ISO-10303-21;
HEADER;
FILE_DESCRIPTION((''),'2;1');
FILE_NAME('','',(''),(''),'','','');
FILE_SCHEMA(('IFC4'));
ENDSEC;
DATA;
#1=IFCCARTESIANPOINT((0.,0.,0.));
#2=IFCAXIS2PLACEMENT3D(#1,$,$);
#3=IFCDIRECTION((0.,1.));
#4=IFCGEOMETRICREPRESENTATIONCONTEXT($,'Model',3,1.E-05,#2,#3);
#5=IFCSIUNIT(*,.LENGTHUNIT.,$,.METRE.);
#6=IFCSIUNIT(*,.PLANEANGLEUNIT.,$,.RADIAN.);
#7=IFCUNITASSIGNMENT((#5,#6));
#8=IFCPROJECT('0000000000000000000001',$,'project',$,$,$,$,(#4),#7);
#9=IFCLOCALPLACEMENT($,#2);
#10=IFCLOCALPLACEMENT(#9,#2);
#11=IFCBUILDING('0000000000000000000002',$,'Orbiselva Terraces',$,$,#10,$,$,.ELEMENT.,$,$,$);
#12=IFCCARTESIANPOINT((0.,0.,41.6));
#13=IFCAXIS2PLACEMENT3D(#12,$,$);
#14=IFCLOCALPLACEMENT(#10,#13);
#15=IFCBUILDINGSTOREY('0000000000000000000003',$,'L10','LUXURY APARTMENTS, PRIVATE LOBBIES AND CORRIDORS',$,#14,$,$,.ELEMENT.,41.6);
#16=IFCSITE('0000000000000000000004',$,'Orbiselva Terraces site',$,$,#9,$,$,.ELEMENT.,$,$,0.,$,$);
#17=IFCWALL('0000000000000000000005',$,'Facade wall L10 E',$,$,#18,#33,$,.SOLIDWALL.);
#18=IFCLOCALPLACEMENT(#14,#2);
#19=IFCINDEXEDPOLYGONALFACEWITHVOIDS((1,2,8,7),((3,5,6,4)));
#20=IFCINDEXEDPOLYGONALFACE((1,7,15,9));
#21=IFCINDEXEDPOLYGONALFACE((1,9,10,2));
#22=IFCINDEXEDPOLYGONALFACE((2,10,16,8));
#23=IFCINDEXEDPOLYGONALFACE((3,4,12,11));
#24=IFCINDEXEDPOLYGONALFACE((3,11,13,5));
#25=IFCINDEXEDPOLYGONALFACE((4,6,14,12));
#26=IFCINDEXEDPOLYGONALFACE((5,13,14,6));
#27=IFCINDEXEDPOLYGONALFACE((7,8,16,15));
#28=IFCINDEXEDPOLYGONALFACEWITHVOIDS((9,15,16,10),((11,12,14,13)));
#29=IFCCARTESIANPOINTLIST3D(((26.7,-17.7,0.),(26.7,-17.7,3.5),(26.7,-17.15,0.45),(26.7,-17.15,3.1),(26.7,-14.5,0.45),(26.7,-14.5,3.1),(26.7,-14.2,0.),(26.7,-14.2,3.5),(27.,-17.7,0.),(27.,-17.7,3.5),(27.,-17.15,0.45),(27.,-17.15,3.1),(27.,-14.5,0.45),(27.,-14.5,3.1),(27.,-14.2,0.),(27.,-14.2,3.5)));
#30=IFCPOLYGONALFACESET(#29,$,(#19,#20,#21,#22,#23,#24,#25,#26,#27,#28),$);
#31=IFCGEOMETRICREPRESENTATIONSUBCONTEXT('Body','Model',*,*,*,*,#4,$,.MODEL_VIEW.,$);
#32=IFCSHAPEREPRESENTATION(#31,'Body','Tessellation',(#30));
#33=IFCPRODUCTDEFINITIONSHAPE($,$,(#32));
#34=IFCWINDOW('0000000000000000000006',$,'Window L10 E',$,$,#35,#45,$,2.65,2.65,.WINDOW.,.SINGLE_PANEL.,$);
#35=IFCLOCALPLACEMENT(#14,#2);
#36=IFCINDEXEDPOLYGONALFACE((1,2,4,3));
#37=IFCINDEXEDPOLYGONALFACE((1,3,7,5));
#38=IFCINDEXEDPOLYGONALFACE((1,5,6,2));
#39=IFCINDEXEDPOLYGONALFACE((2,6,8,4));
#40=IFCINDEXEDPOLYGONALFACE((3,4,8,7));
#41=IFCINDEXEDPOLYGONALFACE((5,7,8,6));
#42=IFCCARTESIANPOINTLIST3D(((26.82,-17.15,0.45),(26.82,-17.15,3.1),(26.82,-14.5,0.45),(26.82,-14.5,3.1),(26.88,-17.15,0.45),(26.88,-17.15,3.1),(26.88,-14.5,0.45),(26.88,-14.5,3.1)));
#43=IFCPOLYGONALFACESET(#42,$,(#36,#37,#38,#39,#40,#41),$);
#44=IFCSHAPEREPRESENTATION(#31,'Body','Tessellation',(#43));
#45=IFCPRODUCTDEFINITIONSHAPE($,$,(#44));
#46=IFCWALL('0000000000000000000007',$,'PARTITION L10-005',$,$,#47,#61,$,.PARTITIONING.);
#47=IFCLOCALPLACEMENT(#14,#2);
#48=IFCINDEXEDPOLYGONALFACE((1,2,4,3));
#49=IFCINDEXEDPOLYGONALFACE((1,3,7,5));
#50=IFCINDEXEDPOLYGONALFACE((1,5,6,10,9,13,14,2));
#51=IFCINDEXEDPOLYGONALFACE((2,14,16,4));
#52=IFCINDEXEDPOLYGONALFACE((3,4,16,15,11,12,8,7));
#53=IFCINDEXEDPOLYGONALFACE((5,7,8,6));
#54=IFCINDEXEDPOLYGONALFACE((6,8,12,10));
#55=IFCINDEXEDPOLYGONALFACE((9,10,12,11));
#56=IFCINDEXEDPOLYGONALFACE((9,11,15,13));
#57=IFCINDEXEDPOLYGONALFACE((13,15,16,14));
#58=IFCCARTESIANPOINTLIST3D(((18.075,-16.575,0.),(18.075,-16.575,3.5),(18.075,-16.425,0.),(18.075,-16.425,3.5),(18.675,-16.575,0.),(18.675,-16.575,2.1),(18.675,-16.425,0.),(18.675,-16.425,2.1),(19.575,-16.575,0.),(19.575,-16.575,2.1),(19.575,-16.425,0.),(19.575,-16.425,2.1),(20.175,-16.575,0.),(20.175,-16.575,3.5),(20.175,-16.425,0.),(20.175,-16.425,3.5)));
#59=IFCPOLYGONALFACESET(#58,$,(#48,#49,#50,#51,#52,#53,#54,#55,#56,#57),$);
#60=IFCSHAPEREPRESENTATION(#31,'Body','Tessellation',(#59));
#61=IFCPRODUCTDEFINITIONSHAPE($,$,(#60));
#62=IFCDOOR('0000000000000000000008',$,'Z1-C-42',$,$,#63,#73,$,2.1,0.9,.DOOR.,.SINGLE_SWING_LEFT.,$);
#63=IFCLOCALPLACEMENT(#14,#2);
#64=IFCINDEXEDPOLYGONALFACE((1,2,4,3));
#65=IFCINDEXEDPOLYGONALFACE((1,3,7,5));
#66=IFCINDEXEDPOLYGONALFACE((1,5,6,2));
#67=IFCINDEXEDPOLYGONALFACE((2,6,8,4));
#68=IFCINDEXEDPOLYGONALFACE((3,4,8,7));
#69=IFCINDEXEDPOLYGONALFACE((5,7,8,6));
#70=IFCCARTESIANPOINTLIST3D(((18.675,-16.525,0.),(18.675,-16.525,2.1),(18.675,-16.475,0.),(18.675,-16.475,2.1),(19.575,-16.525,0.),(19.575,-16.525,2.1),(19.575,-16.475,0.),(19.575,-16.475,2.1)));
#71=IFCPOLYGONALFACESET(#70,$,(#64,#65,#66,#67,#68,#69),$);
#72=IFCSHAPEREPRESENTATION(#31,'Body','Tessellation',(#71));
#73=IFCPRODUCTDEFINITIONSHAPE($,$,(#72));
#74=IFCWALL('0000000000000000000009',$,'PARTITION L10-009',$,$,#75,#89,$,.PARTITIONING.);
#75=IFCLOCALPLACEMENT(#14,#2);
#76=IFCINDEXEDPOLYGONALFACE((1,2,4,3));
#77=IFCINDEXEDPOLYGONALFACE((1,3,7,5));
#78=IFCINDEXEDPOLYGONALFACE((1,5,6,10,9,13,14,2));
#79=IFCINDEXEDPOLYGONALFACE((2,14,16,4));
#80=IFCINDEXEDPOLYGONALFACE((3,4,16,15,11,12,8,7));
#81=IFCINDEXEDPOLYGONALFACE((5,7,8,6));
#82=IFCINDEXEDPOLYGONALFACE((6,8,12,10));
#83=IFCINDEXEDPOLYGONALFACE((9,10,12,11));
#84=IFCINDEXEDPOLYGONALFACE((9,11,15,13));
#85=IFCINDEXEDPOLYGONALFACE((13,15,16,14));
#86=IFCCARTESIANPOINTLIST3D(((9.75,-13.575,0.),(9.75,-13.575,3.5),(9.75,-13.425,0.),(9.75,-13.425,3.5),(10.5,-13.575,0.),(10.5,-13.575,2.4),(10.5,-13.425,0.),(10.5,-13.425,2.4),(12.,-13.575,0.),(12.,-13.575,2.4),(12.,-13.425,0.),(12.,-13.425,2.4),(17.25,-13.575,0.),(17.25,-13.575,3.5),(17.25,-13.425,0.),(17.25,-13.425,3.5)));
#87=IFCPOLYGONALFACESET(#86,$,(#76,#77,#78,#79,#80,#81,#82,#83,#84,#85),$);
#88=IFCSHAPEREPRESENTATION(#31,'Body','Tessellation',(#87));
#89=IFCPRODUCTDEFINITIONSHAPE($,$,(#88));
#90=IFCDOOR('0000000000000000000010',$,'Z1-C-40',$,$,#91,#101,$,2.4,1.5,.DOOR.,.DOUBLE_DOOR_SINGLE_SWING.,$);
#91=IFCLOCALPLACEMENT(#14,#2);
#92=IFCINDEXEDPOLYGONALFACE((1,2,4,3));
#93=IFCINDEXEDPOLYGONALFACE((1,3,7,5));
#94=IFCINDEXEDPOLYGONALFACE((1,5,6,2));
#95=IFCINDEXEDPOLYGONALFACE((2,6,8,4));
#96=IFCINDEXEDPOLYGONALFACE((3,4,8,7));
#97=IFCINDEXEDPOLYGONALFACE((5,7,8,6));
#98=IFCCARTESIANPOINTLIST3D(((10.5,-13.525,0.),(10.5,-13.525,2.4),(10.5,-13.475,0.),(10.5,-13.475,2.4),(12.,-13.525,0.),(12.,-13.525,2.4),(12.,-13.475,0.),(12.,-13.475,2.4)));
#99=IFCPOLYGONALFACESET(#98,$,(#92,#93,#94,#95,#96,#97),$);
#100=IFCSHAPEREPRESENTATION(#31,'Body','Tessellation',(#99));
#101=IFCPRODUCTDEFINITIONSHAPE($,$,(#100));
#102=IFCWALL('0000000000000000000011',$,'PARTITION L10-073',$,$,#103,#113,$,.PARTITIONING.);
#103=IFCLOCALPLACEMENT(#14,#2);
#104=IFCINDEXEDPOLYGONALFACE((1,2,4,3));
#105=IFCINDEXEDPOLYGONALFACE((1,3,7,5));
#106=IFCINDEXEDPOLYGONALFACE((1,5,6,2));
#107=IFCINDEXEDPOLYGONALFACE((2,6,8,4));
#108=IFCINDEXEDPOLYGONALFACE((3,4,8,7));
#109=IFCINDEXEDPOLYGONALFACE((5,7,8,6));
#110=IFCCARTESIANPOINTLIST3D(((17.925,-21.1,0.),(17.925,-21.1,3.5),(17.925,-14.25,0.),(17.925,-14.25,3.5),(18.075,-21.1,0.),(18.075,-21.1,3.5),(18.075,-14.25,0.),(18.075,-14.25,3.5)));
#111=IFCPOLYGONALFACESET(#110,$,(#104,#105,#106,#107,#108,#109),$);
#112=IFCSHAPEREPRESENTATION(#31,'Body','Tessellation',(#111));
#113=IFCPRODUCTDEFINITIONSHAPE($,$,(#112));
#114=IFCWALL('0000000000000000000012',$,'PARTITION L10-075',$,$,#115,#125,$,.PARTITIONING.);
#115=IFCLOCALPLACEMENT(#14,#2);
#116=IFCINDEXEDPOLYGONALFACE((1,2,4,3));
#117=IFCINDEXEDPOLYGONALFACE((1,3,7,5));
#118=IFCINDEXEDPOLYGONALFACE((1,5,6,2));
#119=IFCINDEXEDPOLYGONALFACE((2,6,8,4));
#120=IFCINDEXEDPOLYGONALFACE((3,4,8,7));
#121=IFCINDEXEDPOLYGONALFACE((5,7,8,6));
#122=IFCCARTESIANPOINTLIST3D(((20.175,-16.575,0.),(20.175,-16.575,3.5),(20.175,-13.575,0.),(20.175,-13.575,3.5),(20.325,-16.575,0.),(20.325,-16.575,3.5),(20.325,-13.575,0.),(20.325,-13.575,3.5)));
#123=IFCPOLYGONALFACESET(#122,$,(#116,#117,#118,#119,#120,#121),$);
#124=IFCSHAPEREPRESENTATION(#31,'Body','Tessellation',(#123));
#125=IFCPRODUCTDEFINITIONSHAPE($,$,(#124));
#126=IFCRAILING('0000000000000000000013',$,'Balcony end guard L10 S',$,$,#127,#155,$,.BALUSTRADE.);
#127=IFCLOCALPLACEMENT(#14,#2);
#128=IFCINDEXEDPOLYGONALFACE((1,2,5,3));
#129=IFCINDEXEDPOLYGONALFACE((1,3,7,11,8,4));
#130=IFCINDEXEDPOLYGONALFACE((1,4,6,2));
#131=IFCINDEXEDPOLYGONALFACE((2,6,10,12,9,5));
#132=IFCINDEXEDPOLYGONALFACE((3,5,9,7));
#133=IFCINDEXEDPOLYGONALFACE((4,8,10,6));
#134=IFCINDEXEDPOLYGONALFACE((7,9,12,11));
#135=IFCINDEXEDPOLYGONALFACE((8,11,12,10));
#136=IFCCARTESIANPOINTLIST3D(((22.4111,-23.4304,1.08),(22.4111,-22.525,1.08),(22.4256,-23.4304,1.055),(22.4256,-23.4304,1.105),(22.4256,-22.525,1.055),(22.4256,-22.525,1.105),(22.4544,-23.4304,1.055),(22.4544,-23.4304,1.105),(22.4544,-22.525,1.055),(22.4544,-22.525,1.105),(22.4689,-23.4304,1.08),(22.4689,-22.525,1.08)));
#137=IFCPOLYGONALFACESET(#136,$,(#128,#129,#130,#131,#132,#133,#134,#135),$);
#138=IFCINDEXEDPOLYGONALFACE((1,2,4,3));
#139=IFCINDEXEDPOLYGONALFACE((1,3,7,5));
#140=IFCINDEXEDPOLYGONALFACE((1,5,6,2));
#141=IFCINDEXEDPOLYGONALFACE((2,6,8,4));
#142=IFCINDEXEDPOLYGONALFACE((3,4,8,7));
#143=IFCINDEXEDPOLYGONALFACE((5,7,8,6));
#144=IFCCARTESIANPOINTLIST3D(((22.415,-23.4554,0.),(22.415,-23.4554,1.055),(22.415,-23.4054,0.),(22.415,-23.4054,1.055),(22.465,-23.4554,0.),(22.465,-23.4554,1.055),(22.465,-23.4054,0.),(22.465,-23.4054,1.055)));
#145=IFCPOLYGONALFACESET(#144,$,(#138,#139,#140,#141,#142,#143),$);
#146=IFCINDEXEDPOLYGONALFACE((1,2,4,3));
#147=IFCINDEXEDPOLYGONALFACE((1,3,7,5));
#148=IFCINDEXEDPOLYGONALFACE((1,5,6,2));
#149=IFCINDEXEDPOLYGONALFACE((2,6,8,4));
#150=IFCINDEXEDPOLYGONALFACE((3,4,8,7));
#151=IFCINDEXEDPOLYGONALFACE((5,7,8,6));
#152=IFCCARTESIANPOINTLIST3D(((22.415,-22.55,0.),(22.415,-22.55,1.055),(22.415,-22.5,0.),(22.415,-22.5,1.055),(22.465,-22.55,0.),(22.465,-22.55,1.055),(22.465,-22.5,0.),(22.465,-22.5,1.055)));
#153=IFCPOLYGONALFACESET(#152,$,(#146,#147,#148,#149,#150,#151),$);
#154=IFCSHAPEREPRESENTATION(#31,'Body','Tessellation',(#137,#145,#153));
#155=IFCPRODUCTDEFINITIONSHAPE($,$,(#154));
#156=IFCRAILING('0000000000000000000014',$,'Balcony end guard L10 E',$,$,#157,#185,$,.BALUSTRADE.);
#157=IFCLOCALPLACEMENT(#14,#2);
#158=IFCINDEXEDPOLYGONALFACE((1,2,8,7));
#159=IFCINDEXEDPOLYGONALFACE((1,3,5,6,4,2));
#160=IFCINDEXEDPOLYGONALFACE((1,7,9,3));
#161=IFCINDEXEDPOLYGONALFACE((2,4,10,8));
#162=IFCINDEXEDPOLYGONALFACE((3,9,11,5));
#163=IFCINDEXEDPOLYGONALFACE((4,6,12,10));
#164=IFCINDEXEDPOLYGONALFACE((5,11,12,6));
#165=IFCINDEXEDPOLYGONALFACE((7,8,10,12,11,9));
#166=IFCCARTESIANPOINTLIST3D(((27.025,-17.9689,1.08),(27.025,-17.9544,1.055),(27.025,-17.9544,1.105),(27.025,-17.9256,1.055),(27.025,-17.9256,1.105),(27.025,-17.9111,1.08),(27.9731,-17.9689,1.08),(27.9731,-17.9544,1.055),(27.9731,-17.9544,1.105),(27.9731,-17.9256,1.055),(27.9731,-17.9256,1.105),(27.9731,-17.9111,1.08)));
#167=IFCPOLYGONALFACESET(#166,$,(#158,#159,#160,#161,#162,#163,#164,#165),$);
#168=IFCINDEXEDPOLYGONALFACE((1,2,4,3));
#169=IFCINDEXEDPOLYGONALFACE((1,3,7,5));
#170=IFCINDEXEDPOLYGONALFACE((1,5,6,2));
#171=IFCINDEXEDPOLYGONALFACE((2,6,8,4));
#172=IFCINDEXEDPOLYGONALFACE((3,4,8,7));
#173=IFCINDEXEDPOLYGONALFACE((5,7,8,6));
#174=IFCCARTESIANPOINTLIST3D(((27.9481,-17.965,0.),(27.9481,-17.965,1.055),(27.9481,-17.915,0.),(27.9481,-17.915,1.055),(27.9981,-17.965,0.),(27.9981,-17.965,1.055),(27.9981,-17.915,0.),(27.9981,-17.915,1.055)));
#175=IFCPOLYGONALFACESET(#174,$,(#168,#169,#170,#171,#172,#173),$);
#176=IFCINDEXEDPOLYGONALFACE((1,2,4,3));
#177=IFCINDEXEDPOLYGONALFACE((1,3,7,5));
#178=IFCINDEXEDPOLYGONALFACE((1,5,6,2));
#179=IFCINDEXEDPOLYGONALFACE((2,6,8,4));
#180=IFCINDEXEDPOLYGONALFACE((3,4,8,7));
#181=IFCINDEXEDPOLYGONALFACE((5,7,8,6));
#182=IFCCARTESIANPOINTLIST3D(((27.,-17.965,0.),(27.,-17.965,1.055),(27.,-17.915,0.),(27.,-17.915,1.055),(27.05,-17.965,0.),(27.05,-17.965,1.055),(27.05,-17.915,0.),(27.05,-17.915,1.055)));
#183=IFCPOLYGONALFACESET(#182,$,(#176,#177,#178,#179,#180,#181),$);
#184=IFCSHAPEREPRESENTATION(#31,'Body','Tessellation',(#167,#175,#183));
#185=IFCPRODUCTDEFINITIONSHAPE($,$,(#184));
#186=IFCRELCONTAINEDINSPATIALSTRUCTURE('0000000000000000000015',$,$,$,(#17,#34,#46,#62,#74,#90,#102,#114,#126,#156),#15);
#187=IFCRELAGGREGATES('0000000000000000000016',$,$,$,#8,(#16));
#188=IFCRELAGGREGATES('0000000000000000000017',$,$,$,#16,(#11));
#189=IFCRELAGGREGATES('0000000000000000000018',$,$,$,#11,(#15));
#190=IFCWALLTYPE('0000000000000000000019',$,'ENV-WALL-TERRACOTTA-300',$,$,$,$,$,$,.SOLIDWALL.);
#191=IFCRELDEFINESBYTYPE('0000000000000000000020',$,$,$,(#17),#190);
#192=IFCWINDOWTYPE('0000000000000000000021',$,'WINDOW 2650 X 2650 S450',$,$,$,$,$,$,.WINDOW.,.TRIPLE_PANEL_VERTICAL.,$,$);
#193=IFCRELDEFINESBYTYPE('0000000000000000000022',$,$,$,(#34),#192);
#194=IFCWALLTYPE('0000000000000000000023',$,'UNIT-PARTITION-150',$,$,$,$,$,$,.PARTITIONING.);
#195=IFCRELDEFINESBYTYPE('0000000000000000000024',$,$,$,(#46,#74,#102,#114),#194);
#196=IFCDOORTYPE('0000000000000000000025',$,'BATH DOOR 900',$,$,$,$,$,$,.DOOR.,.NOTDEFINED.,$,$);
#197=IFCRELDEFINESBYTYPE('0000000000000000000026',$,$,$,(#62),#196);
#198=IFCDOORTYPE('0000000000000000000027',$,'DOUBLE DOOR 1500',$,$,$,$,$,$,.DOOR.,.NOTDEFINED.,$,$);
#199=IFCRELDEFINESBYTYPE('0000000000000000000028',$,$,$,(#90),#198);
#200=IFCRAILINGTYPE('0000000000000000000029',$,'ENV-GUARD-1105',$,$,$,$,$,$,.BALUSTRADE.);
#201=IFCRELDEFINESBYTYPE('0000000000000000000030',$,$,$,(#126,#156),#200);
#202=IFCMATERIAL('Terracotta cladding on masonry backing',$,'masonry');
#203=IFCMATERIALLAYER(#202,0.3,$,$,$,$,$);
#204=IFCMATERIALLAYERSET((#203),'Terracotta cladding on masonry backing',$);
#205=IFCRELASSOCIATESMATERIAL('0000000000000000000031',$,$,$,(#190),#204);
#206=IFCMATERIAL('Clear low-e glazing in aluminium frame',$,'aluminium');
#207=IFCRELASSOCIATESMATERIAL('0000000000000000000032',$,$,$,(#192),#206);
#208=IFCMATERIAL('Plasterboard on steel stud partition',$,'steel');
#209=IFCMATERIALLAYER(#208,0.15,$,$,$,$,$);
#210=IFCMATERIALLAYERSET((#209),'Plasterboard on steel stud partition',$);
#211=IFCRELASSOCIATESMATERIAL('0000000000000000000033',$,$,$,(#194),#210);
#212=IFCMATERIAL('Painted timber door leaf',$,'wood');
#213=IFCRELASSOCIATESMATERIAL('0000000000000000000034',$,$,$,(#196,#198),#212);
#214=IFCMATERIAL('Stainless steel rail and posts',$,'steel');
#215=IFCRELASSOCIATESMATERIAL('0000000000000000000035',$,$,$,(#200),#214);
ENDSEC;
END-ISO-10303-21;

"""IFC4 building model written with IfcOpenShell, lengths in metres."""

from ifc_helpers import new_model, si_unit, direction, frame, frame_2d, origin, origin_2d, place, context, subcontext, project, spatial, polyline, rectangle, outline, extrude, material, layer, layer_set, type_object, element, fill, save


model = new_model("IFC4")

# Units and contexts
model_context = context("Model", 3, precision=1e-05, world=origin(), true_north=direction((0.0, 1.0)))
body_context = subcontext(model_context, "Body", "Model", "MODEL_VIEW")
ifc_project = project(units=[si_unit("LENGTHUNIT", "METRE"), si_unit("PLANEANGLEUNIT", "RADIAN")], contexts=[model_context])

# Site, building, storey
site_placement = place(None, origin())
site = spatial("IfcSite", under=ifc_project, at=site_placement, Name="Orbiselva Terraces site", CompositionType="ELEMENT", RefElevation=0.0)
building_placement = place(site_placement, origin())
building = spatial("IfcBuilding", under=site, at=building_placement, Name="Orbiselva Terraces", CompositionType="ELEMENT")
storey_placement = place(building_placement, frame((0.0, 0.0, 41.6)))
storey = spatial("IfcBuildingStorey", under=building, at=storey_placement, Name="L10", Description="LUXURY APARTMENTS, PRIVATE LOBBIES AND CORRIDORS", CompositionType="ELEMENT", Elevation=41.6)

# Shared definitions
ifc_material_1 = material(Name="Terracotta cladding on masonry backing", Category="masonry")
ifc_layer_1 = layer(ifc_material_1, 0.3)
ifc_layer_set_1 = layer_set([ifc_layer_1], Name="Terracotta cladding on masonry backing")
wall_type_1 = type_object("IfcWallType", Name="ENV-WALL-TERRACOTTA-300", PredefinedType="SOLIDWALL", material=ifc_layer_set_1)
ifc_material_2 = material(Name="Clear low-e glazing in aluminium frame", Category="aluminium")

# Shared definitions
window_type = type_object("IfcWindowType", Name="WINDOW 2650 X 2650 S450", PartitioningType="TRIPLE_PANEL_VERTICAL", PredefinedType="WINDOW", material=ifc_material_2)

# Wall, opening, window
wall_1_placement = place(storey_placement, frame((26.85, -14.2, 0.0), z_axis=(0.0, 0.0, 1.0), x_axis=(0.0, -1.0, 0.0)))
wall_1 = element("IfcWall", 1, at=wall_1_placement, inside=storey, type_object=wall_type_1, Name="Facade wall L10 E", PredefinedType="SOLIDWALL", context=body_context, shape_type="SweptSolid", body=[
    extrude(rectangle(XDim=3.5, YDim=0.3, at=frame_2d((1.75, 0.0))), origin(), (0.0, 0.0, 1.0), 3.5),
])
opening_1_placement = place(wall_1_placement, frame((0.3, 0.0, 0.45)))
opening_1 = element("IfcOpeningElement", 2, at=opening_1_placement, cuts=wall_1, PredefinedType="OPENING", context=body_context, shape_type="SweptSolid", body=[
    extrude(rectangle(XDim=2.65, YDim=2.65, at=frame_2d((1.325, 1.325))), frame((0.0, 0.16, 0.0), z_axis=(0.0, -1.0, 0.0), x_axis=(1.0, 0.0, 0.0)), (0.0, 0.0, 1.0), 0.32),
])
window_1_placement = place(opening_1_placement, origin())
window_1 = element("IfcWindow", 3, at=window_1_placement, inside=storey, type_object=window_type, Name="Window L10 E", OverallHeight=2.65, OverallWidth=2.65, PartitioningType="SINGLE_PANEL", PredefinedType="WINDOW", context=body_context, shape_type="SweptSolid", body=[
    extrude(rectangle(XDim=2.65, YDim=2.65, at=frame_2d((1.325, 1.325))), frame((0.0, 0.03, 0.0), z_axis=(0.0, -1.0, 0.0), x_axis=(1.0, 0.0, 0.0)), (0.0, 0.0, 1.0), 0.06),
])
fill(opening_1, window_1)

# Walls, openings, doors
ifc_material_3 = material(Name="Plasterboard on steel stud partition", Category="steel")
ifc_layer_2 = layer(ifc_material_3, 0.15)
ifc_layer_set_2 = layer_set([ifc_layer_2], Name="Plasterboard on steel stud partition")
wall_type_2 = type_object("IfcWallType", Name="UNIT-PARTITION-150", PredefinedType="PARTITIONING", material=ifc_layer_set_2)
wall_2_placement = place(storey_placement, frame((18.075, -16.5, 0.0), z_axis=(0.0, 0.0, 1.0), x_axis=(1.0, 0.0, 0.0)))
wall_2 = element("IfcWall", 4, at=wall_2_placement, inside=storey, type_object=wall_type_2, Name="PARTITION L10-005", PredefinedType="PARTITIONING", context=body_context, shape_type="SweptSolid", body=[
    extrude(rectangle(XDim=2.1, YDim=0.15, at=frame_2d((1.05, 0.0))), origin(), (0.0, 0.0, 1.0), 3.5),
])
opening_2_placement = place(wall_2_placement, frame((0.6, 0.0, 0.0)))
opening_2 = element("IfcOpeningElement", 5, at=opening_2_placement, cuts=wall_2, PredefinedType="OPENING", context=body_context, shape_type="SweptSolid", body=[
    extrude(rectangle(XDim=0.9, YDim=2.1, at=frame_2d((0.45, 1.05))), frame((0.0, 0.085, 0.0), z_axis=(0.0, -1.0, 0.0), x_axis=(1.0, 0.0, 0.0)), (0.0, 0.0, 1.0), 0.17),
])
ifc_material_4 = material(Name="Painted timber door leaf", Category="wood")
door_type_1 = type_object("IfcDoorType", Name="BATH DOOR 900", OperationType="NOTDEFINED", PredefinedType="DOOR", material=ifc_material_4)
door_1_placement = place(opening_2_placement, origin())
door_1 = element("IfcDoor", 6, at=door_1_placement, inside=storey, type_object=door_type_1, Name="Z1-C-42", OperationType="SINGLE_SWING_LEFT", OverallHeight=2.1, OverallWidth=0.9, PredefinedType="DOOR", context=body_context, shape_type="SweptSolid", body=[
    extrude(rectangle(XDim=0.9, YDim=2.1, at=frame_2d((0.45, 1.05))), frame((0.0, 0.025, 0.0), z_axis=(0.0, -1.0, 0.0), x_axis=(1.0, 0.0, 0.0)), (0.0, 0.0, 1.0), 0.05),
])
fill(opening_2, door_1)
wall_3_placement = place(storey_placement, frame((17.25, -13.5, 0.0), z_axis=(0.0, 0.0, 1.0), x_axis=(-1.0, 0.0, 0.0)))
wall_3 = element("IfcWall", 7, at=wall_3_placement, inside=storey, type_object=wall_type_2, Name="PARTITION L10-009", PredefinedType="PARTITIONING", context=body_context, shape_type="SweptSolid", body=[
    extrude(rectangle(XDim=7.5, YDim=0.15, at=frame_2d((3.75, 0.0))), origin(), (0.0, 0.0, 1.0), 3.5),
])
opening_3_placement = place(wall_3_placement, frame((5.25, 0.0, 0.0)))
opening_3 = element("IfcOpeningElement", 8, at=opening_3_placement, cuts=wall_3, PredefinedType="OPENING", context=body_context, shape_type="SweptSolid", body=[
    extrude(rectangle(XDim=1.5, YDim=2.4, at=frame_2d((0.75, 1.2))), frame((0.0, 0.085, 0.0), z_axis=(0.0, -1.0, 0.0), x_axis=(1.0, 0.0, 0.0)), (0.0, 0.0, 1.0), 0.17),
])
door_type_2 = type_object("IfcDoorType", Name="DOUBLE DOOR 1500", OperationType="NOTDEFINED", PredefinedType="DOOR", material=ifc_material_4)
door_2_placement = place(opening_3_placement, origin())
door_2 = element("IfcDoor", 9, at=door_2_placement, inside=storey, type_object=door_type_2, Name="Z1-C-40", OperationType="DOUBLE_DOOR_SINGLE_SWING", OverallHeight=2.4, OverallWidth=1.5, PredefinedType="DOOR", context=body_context, shape_type="SweptSolid", body=[
    extrude(rectangle(XDim=1.5, YDim=2.4, at=frame_2d((0.75, 1.2))), frame((0.0, 0.025, 0.0), z_axis=(0.0, -1.0, 0.0), x_axis=(1.0, 0.0, 0.0)), (0.0, 0.0, 1.0), 0.05),
])
fill(opening_3, door_2)

# Walls
wall_4_placement = place(storey_placement, frame((18.0, -21.1, 0.0), z_axis=(0.0, 0.0, 1.0), x_axis=(0.0, 1.0, 0.0)))
element("IfcWall", 10, at=wall_4_placement, inside=storey, type_object=wall_type_2, Name="PARTITION L10-073", PredefinedType="PARTITIONING", context=body_context, shape_type="SweptSolid", body=[
    extrude(rectangle(XDim=6.85, YDim=0.15, at=frame_2d((3.425, 0.0))), origin(), (0.0, 0.0, 1.0), 3.5),
])
wall_5_placement = place(storey_placement, frame((20.25, -16.575, 0.0), z_axis=(0.0, 0.0, 1.0), x_axis=(0.0, 1.0, 0.0)))
element("IfcWall", 11, at=wall_5_placement, inside=storey, type_object=wall_type_2, Name="PARTITION L10-075", PredefinedType="PARTITIONING", context=body_context, shape_type="SweptSolid", body=[
    extrude(rectangle(XDim=3.0, YDim=0.15, at=frame_2d((1.5, 0.0))), origin(), (0.0, 0.0, 1.0), 3.5),
])

# Railings
ifc_material_5 = material(Name="Stainless steel rail and posts", Category="steel")
railing_type_1 = type_object("IfcRailingType", Name="ENV-GUARD-1105", PredefinedType="BALUSTRADE", material=ifc_material_5)
railing_1_placement = place(storey_placement, frame((22.44, -23.4304, 0.0)))
element("IfcRailing", 12, at=railing_1_placement, inside=storey, type_object=railing_type_1, Name="Balcony end guard L10 S", PredefinedType="BALUSTRADE", context=body_context, shape_type="SweptSolid", body=[
    extrude(outline(polyline([(0.0289, 0.0), (0.0144, 0.025), (-0.0144, 0.025), (-0.0289, 0.0), (-0.0144, -0.025), (0.0144, -0.025), (0.0289, 0.0)])), frame((0.0, 0.0, 1.08), z_axis=(0.0, 1.0, 0.0), x_axis=(-1.0, 0.0, 0.0)), (0.0, 0.0, 1.0), 0.9054),
    extrude(rectangle(XDim=0.05, YDim=0.05, at=origin_2d()), origin(), (0.0, 0.0, 1.0), 1.055),
    extrude(rectangle(XDim=0.05, YDim=0.05, at=origin_2d()), frame((0.0, 0.9054, 0.0)), (0.0, 0.0, 1.0), 1.055),
])
railing_2_placement = place(storey_placement, frame((27.9731, -17.94, 0.0)))
element("IfcRailing", 13, at=railing_2_placement, inside=storey, type_object=railing_type_1, Name="Balcony end guard L10 E", PredefinedType="BALUSTRADE", context=body_context, shape_type="SweptSolid", body=[
    extrude(outline(polyline([(0.0289, 0.0), (0.0144, 0.025), (-0.0144, 0.025), (-0.0289, 0.0), (-0.0144, -0.025), (0.0144, -0.025), (0.0289, 0.0)])), frame((0.0, 0.0, 1.08), z_axis=(-1.0, 0.0, 0.0), x_axis=(0.0, -1.0, 0.0)), (0.0, 0.0, 1.0), 0.9481),
    extrude(rectangle(XDim=0.05, YDim=0.05, at=origin_2d()), origin(), (0.0, 0.0, 1.0), 1.055),
    extrude(rectangle(XDim=0.05, YDim=0.05, at=origin_2d()), frame((-0.9481, 0.0, 0.0)), (0.0, 0.0, 1.0), 1.055),
])

save(model, "model.ifc")
